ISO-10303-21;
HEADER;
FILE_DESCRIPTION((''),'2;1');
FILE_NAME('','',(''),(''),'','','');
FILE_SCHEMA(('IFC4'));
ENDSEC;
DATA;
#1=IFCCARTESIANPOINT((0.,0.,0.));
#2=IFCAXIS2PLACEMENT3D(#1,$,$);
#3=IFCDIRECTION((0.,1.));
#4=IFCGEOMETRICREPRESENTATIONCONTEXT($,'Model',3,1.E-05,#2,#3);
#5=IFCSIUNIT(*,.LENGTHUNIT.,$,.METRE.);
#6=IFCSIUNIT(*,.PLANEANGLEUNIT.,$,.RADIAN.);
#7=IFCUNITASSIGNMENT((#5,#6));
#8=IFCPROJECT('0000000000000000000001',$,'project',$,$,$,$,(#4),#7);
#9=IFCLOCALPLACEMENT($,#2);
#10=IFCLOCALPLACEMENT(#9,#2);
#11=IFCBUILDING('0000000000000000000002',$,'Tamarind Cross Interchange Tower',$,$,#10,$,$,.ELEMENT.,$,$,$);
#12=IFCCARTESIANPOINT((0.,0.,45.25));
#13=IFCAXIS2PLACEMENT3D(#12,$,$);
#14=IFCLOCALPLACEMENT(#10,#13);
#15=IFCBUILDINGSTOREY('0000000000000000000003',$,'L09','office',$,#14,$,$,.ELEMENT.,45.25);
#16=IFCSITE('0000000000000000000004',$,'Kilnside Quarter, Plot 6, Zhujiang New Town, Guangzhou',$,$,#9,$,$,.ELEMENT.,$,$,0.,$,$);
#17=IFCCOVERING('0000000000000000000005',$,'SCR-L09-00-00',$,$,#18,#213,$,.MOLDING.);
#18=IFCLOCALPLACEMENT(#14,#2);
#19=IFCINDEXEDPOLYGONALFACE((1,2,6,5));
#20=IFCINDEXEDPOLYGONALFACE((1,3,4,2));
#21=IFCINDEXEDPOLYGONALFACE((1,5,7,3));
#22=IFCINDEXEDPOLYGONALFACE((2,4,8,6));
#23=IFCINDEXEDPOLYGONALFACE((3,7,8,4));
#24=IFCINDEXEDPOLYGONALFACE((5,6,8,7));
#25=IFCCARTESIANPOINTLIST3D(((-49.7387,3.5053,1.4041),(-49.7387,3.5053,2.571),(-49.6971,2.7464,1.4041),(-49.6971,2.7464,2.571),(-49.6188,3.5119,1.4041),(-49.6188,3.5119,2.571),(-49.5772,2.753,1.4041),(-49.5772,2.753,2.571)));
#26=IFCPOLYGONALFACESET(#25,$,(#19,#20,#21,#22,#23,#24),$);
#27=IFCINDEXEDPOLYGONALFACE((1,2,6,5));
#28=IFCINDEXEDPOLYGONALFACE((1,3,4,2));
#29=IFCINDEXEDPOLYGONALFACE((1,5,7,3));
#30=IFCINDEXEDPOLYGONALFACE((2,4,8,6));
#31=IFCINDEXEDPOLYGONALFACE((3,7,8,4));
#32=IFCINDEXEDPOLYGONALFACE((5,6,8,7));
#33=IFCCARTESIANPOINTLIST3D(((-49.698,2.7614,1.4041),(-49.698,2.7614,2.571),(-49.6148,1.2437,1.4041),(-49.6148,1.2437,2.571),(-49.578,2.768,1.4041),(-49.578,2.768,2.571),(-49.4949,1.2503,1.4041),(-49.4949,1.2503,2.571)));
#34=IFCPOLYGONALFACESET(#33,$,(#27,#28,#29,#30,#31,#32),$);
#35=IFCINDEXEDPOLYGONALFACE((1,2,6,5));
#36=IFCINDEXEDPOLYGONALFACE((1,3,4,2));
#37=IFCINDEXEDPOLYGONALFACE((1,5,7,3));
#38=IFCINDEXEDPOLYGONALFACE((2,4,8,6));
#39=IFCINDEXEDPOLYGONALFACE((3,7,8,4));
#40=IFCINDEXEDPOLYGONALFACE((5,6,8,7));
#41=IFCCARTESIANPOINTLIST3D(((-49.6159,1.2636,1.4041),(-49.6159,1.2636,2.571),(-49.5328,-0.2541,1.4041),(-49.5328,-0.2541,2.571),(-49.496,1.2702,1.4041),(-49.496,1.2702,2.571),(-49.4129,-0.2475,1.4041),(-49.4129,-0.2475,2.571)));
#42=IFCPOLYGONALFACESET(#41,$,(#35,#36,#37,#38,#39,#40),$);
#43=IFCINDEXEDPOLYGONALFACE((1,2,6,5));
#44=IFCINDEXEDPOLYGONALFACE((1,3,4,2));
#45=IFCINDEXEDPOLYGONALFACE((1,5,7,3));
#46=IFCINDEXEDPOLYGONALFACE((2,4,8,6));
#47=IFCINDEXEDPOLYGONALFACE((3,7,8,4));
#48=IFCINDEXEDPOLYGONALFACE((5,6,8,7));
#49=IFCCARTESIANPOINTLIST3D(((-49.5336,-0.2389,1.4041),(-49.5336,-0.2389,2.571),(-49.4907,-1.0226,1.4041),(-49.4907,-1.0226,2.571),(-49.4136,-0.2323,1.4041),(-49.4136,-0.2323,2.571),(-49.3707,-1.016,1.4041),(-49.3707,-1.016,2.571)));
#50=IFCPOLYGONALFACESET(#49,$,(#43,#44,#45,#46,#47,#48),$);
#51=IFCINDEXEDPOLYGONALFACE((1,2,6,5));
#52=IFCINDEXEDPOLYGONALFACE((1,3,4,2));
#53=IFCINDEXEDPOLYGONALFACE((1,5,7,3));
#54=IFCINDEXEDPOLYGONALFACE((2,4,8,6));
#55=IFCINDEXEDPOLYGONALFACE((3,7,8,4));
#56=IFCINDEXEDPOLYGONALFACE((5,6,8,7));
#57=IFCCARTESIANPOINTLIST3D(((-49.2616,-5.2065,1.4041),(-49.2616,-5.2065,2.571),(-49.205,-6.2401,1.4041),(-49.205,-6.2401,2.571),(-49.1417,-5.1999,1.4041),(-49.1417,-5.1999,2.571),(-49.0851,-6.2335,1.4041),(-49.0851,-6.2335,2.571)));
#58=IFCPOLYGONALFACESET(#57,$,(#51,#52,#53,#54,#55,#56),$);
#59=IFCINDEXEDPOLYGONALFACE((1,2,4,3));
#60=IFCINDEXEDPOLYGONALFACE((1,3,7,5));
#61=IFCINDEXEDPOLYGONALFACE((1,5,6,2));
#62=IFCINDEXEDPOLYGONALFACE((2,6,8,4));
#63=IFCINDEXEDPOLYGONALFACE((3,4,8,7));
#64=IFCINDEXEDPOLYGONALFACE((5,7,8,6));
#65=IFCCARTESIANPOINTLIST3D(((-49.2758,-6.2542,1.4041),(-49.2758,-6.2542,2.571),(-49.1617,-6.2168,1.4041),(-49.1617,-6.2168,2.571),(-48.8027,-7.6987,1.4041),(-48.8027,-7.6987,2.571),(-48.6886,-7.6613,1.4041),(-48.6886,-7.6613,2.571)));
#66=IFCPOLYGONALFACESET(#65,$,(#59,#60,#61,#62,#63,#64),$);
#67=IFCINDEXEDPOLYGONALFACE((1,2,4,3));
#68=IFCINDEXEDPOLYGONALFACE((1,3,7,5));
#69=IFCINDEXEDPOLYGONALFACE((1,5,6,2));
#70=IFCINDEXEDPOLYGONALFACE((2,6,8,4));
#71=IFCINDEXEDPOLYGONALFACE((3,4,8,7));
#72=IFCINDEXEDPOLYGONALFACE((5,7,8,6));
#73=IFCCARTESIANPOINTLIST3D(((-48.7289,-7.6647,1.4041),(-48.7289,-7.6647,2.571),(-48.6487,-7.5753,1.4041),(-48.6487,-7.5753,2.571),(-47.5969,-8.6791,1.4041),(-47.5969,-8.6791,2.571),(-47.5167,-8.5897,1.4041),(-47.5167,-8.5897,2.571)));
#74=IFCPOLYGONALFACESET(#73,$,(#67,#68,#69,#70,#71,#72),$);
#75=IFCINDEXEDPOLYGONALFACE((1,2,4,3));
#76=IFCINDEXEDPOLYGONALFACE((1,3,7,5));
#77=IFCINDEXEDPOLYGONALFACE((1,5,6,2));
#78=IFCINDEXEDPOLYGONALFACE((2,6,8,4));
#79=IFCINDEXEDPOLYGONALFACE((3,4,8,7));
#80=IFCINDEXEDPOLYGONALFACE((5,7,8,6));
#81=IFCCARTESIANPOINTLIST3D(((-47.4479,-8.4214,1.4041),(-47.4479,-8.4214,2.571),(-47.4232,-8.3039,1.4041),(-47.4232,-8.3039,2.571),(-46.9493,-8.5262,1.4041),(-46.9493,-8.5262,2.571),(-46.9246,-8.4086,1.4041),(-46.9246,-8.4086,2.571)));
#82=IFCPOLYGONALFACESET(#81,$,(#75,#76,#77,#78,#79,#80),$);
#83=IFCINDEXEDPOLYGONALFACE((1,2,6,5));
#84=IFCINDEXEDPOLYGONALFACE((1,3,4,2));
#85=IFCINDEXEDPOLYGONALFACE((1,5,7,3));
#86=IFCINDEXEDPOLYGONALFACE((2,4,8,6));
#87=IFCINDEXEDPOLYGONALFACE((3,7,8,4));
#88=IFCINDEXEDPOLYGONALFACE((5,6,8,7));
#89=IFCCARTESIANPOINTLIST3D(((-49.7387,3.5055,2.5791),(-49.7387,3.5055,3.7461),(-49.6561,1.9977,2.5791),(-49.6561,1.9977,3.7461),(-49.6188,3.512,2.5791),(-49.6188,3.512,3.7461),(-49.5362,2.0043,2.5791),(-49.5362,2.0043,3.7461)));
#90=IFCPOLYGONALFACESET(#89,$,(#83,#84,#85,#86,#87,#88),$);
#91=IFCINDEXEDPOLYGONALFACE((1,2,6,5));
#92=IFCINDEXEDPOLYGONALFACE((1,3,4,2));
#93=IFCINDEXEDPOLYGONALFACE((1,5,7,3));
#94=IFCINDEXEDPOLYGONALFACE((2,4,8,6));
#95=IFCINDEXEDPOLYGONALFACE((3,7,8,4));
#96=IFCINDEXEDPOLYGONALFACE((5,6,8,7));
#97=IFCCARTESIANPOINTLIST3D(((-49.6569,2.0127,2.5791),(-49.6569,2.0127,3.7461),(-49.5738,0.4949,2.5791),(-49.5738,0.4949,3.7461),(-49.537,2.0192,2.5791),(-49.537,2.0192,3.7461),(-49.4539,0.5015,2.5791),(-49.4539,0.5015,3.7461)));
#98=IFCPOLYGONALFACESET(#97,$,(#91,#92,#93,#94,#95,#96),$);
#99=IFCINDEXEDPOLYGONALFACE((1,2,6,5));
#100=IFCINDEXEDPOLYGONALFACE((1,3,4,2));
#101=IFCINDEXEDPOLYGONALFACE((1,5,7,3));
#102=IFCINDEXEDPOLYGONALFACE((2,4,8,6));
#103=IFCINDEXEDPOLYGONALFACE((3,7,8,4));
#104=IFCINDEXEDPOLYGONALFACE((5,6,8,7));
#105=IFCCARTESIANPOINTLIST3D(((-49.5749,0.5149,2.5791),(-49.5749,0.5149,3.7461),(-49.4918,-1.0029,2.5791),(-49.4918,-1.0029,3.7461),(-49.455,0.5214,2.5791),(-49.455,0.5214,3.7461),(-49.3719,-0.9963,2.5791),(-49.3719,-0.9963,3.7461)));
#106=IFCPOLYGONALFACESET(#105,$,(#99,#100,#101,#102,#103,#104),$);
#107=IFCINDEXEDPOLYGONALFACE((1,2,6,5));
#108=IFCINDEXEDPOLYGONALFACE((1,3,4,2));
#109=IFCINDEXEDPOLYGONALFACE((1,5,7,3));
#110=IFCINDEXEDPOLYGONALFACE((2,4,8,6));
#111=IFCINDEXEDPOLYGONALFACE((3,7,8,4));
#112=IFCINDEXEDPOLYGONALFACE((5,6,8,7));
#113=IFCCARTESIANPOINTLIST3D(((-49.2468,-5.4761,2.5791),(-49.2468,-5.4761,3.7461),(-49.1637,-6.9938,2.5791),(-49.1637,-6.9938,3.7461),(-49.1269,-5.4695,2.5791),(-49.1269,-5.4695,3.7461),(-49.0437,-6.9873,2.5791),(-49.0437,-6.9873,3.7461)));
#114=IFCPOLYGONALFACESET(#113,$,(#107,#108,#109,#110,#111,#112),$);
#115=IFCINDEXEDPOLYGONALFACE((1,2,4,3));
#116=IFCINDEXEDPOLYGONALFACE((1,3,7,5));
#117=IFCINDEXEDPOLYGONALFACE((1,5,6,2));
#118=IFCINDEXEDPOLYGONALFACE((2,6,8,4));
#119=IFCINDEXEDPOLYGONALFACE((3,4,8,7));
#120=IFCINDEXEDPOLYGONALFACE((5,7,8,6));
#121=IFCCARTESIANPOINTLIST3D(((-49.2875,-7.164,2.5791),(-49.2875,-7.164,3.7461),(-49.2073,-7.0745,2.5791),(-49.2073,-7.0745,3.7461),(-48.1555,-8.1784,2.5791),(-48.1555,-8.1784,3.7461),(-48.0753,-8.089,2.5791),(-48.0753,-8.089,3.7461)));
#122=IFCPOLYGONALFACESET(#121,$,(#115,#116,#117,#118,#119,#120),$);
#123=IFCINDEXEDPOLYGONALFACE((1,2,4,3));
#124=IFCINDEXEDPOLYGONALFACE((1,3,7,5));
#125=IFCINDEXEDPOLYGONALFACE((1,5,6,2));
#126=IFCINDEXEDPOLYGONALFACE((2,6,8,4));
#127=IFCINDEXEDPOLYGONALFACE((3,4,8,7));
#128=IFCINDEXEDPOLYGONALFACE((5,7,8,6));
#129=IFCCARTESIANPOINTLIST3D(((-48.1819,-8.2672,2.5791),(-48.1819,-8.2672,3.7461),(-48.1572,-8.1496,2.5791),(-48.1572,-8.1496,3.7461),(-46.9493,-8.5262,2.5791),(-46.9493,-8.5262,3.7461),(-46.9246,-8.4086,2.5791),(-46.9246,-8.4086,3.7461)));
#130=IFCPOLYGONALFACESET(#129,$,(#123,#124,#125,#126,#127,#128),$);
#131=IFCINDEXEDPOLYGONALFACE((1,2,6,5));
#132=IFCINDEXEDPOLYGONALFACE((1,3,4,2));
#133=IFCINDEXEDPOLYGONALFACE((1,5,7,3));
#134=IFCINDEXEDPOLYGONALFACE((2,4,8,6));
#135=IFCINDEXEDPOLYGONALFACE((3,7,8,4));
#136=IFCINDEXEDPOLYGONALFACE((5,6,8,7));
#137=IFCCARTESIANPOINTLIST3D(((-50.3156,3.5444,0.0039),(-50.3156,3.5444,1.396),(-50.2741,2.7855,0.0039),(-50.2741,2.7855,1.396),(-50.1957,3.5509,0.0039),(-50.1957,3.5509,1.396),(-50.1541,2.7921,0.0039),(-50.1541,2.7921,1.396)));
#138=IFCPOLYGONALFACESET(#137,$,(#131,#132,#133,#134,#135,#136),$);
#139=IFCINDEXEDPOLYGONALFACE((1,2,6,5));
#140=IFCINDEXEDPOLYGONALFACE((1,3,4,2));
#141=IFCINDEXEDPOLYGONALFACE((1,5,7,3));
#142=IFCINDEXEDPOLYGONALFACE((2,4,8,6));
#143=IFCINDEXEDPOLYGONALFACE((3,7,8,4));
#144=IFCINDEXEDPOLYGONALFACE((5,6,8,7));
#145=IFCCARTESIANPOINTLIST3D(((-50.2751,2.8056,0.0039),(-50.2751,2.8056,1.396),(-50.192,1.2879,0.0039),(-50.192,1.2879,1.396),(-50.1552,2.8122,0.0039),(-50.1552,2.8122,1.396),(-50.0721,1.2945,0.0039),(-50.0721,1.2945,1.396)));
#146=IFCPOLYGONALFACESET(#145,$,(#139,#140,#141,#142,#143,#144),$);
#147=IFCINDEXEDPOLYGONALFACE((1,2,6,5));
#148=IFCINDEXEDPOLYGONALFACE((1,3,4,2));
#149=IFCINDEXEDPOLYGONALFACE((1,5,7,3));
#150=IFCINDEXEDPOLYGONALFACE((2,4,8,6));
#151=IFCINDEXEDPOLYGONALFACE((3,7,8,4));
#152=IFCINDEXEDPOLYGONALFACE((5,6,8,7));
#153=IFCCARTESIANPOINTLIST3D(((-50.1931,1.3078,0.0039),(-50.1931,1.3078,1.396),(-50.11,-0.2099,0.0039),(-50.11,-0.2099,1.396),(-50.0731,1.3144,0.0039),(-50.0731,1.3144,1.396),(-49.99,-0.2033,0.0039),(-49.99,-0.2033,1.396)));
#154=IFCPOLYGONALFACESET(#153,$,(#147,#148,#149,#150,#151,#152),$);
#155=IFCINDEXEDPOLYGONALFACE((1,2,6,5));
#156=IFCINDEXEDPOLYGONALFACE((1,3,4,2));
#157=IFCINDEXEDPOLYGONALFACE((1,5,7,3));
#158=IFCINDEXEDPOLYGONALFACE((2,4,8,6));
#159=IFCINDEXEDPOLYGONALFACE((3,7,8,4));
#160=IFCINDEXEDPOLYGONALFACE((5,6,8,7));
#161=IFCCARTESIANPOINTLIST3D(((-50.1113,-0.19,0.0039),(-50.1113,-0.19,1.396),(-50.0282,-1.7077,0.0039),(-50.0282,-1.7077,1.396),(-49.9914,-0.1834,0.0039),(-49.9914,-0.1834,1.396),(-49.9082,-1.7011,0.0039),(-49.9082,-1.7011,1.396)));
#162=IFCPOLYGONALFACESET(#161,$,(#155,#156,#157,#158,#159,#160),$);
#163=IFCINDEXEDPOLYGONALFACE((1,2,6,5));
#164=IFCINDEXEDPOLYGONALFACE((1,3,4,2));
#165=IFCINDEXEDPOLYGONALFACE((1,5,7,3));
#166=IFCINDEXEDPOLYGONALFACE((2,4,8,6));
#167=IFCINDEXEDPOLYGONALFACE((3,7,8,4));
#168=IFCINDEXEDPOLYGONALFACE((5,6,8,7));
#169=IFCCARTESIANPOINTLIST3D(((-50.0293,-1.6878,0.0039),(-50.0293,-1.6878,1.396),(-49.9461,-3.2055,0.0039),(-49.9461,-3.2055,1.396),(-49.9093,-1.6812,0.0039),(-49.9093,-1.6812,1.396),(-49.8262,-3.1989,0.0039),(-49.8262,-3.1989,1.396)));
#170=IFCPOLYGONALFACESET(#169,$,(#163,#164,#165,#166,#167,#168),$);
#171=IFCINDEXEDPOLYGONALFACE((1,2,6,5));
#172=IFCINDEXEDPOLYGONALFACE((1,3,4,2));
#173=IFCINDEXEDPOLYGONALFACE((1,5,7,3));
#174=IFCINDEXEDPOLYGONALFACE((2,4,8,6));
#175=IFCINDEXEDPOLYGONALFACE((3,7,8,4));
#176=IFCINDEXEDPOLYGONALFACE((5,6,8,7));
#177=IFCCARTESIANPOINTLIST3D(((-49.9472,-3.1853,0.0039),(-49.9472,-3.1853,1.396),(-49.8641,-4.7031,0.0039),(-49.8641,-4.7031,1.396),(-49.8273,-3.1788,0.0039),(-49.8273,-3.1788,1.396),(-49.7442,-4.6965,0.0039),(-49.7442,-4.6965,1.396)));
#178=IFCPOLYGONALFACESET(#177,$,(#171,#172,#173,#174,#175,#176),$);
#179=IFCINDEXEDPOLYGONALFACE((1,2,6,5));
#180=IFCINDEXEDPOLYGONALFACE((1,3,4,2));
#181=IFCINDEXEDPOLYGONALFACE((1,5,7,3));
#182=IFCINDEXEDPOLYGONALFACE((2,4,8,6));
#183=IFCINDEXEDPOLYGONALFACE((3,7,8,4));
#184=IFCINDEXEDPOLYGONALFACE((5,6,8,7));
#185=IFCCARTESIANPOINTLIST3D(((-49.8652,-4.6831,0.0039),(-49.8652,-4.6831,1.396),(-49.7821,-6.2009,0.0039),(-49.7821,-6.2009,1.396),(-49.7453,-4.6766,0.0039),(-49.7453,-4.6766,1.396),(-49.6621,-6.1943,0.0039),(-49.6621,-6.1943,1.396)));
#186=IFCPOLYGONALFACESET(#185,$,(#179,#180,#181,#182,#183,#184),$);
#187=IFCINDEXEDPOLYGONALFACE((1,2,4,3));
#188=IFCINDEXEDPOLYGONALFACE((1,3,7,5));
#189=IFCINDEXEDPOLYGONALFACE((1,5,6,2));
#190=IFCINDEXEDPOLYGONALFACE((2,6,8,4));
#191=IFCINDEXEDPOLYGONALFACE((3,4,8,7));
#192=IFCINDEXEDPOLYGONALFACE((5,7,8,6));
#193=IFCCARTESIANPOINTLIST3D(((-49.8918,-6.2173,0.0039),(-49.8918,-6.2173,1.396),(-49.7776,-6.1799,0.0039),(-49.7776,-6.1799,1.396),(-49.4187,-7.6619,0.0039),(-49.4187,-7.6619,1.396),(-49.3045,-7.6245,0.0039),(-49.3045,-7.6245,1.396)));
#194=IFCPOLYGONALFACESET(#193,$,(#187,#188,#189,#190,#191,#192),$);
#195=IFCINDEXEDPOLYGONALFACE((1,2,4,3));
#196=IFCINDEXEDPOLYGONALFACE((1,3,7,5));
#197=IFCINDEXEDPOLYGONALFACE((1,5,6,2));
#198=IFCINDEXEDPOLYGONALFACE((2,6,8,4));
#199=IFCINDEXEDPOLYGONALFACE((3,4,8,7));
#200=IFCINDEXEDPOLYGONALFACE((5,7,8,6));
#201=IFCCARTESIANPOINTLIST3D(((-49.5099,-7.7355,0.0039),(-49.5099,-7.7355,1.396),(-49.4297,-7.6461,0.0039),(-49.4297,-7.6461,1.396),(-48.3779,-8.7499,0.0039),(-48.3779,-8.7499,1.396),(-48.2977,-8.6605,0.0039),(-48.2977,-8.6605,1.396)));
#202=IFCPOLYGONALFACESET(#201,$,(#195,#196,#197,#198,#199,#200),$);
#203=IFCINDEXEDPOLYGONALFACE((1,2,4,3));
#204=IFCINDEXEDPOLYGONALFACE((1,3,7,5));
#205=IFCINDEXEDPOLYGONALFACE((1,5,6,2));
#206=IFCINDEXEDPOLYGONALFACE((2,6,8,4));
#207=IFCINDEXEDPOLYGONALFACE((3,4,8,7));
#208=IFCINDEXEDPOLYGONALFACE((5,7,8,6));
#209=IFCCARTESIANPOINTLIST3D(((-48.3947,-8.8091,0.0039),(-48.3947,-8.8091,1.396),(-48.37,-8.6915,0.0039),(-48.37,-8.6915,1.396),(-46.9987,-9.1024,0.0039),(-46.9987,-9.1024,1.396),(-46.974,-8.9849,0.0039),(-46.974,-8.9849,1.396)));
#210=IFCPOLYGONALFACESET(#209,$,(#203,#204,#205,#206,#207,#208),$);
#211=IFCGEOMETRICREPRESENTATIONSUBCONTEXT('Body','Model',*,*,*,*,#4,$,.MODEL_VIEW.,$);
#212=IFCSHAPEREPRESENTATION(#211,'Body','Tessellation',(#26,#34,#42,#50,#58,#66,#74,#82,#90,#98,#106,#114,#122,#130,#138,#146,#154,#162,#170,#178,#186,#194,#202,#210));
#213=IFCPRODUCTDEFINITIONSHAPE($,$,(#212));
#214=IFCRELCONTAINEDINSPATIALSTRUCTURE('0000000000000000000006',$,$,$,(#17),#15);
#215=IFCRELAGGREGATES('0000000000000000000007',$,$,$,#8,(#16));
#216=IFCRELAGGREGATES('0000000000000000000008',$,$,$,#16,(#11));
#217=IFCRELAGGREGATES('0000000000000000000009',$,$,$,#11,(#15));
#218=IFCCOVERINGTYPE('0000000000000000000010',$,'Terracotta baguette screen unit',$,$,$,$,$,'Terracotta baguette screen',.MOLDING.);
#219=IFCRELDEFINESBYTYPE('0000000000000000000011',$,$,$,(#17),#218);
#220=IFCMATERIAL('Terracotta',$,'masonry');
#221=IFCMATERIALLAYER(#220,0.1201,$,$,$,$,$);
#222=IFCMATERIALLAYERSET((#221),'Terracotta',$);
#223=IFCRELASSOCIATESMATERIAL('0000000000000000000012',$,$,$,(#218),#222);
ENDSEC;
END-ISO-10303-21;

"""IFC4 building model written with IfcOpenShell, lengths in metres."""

from ifc_helpers import new_model, si_unit, direction, frame, origin, origin_2d, place, context, subcontext, project, spatial, rectangle, extrude, material, layer, layer_set, type_object, element, save


model = new_model("IFC4")

# Units and contexts
model_context = context("Model", 3, precision=1e-05, world=origin(), true_north=direction((0.0, 1.0)))
body_context = subcontext(model_context, "Body", "Model", "MODEL_VIEW")
ifc_project = project(units=[si_unit("LENGTHUNIT", "METRE"), si_unit("PLANEANGLEUNIT", "RADIAN")], contexts=[model_context])

# Site, building, storey
site_placement = place(None, origin())
site = spatial("IfcSite", under=ifc_project, at=site_placement, Name="Kilnside Quarter, Plot 6, Zhujiang New Town, Guangzhou", CompositionType="ELEMENT", RefElevation=0.0)
building_placement = place(site_placement, origin())
building = spatial("IfcBuilding", under=site, at=building_placement, Name="Tamarind Cross Interchange Tower", CompositionType="ELEMENT")
storey_placement = place(building_placement, frame((0.0, 0.0, 45.25)))
storey = spatial("IfcBuildingStorey", under=building, at=storey_placement, Name="L09", Description="office", CompositionType="ELEMENT", Elevation=45.25)

# Covering
ifc_material_1 = material(Name="Terracotta", Category="masonry")
ifc_layer_1 = layer(ifc_material_1, 0.1201)
ifc_layer_set_1 = layer_set([ifc_layer_1], Name="Terracotta")
covering_type = type_object("IfcCoveringType", Name="Terracotta baguette screen unit", ElementType="Terracotta baguette screen", PredefinedType="MOLDING", material=ifc_layer_set_1)
covering_1_placement = place(storey_placement, origin())
element("IfcCovering", 1, at=covering_1_placement, inside=storey, type_object=covering_type, Name="SCR-L09-00-00", PredefinedType="MOLDING", context=body_context, shape_type="SweptSolid", body=[
    extrude(rectangle(XDim=0.76, YDim=0.1201, at=origin_2d()), frame((-49.658, 3.1292, 1.4041), z_axis=(0.0, 0.0, 1.0), x_axis=(0.054678, -0.998504, 0.0)), (0.0, 0.0, 1.0), 1.167),
    extrude(rectangle(XDim=1.52, YDim=0.1201, at=origin_2d()), frame((-49.5964, 2.0059, 1.4041), z_axis=(0.0, 0.0, 1.0), x_axis=(0.054678, -0.998504, 0.0)), (0.0, 0.0, 1.0), 1.167),
    extrude(rectangle(XDim=1.52, YDim=0.1201, at=origin_2d()), frame((-49.5144, 0.5081, 1.4041), z_axis=(0.0, 0.0, 1.0), x_axis=(0.054678, -0.998504, 0.0)), (0.0, 0.0, 1.0), 1.167),
    extrude(rectangle(XDim=0.7849, YDim=0.1201, at=origin_2d()), frame((-49.4521, -0.6274, 1.4041), z_axis=(0.0, 0.0, 1.0), x_axis=(0.054678, -0.998504, 0.0)), (0.0, 0.0, 1.0), 1.167),
    extrude(rectangle(XDim=1.0352, YDim=0.1201, at=origin_2d()), frame((-49.1733, -5.72, 1.4041), z_axis=(0.0, 0.0, 1.0), x_axis=(0.054678, -0.998504, 0.0)), (0.0, 0.0, 1.0), 1.167),
    extrude(rectangle(XDim=1.52, YDim=0.1201, at=origin_2d()), frame((-48.9822, -6.9578, 1.4041), z_axis=(0.0, 0.0, 1.0), x_axis=(0.311247, -0.950329, 0.0)), (0.0, 0.0, 1.0), 1.167),
    extrude(rectangle(XDim=1.52, YDim=0.1201, at=origin_2d()), frame((-48.1228, -8.1272, 1.4041), z_axis=(0.0, 0.0, 1.0), x_axis=(0.744712, -0.667386, 0.0)), (0.0, 0.0, 1.0), 1.167),
    extrude(rectangle(XDim=0.5095, YDim=0.1201, at=origin_2d()), frame((-47.1863, -8.415, 1.4041), z_axis=(0.0, 0.0, 1.0), x_axis=(0.978633, -0.205617, 0.0)), (0.0, 0.0, 1.0), 1.167),
    extrude(rectangle(XDim=1.51, YDim=0.1201, at=origin_2d()), frame((-49.6375, 2.7549, 2.5791), z_axis=(0.0, 0.0, 1.0), x_axis=(0.054678, -0.998504, 0.0)), (0.0, 0.0, 1.0), 1.167),
    extrude(rectangle(XDim=1.52, YDim=0.1201, at=origin_2d()), frame((-49.5554, 1.2571, 2.5791), z_axis=(0.0, 0.0, 1.0), x_axis=(0.054678, -0.998504, 0.0)), (0.0, 0.0, 1.0), 1.167),
    extrude(rectangle(XDim=1.52, YDim=0.1201, at=origin_2d()), frame((-49.4734, -0.2407, 2.5791), z_axis=(0.0, 0.0, 1.0), x_axis=(0.054678, -0.998504, 0.0)), (0.0, 0.0, 1.0), 1.167),
    extrude(rectangle(XDim=1.52, YDim=0.1201, at=origin_2d()), frame((-49.1453, -6.2317, 2.5791), z_axis=(0.0, 0.0, 1.0), x_axis=(0.054678, -0.998504, 0.0)), (0.0, 0.0, 1.0), 1.167),
    extrude(rectangle(XDim=1.52, YDim=0.1201, at=origin_2d()), frame((-48.6814, -7.6265, 2.5791), z_axis=(0.0, 0.0, 1.0), x_axis=(0.744712, -0.667386, 0.0)), (0.0, 0.0, 1.0), 1.167),
    extrude(rectangle(XDim=1.2595, YDim=0.1201, at=origin_2d()), frame((-47.5532, -8.3379, 2.5791), z_axis=(0.0, 0.0, 1.0), x_axis=(0.978633, -0.205617, 0.0)), (0.0, 0.0, 1.0), 1.167),
    extrude(rectangle(XDim=0.76, YDim=0.1201, at=origin_2d()), frame((-50.2349, 3.1682, 0.0039), z_axis=(0.0, 0.0, 1.0), x_axis=(0.054678, -0.998504, 0.0)), (0.0, 0.0, 1.0), 1.3921),
    extrude(rectangle(XDim=1.52, YDim=0.1201, at=origin_2d()), frame((-50.1736, 2.05, 0.0039), z_axis=(0.0, 0.0, 1.0), x_axis=(0.054678, -0.998504, 0.0)), (0.0, 0.0, 1.0), 1.3921),
    extrude(rectangle(XDim=1.52, YDim=0.1201, at=origin_2d()), frame((-50.0916, 0.5522, 0.0039), z_axis=(0.0, 0.0, 1.0), x_axis=(0.054678, -0.998504, 0.0)), (0.0, 0.0, 1.0), 1.3921),
    extrude(rectangle(XDim=1.52, YDim=0.1201, at=origin_2d()), frame((-50.0098, -0.9456, 0.0039), z_axis=(0.0, 0.0, 1.0), x_axis=(0.054678, -0.998504, 0.0)), (0.0, 0.0, 1.0), 1.3921),
    extrude(rectangle(XDim=1.52, YDim=0.1201, at=origin_2d()), frame((-49.9277, -2.4434, 0.0039), z_axis=(0.0, 0.0, 1.0), x_axis=(0.054678, -0.998504, 0.0)), (0.0, 0.0, 1.0), 1.3921),
    extrude(rectangle(XDim=1.52, YDim=0.1201, at=origin_2d()), frame((-49.8457, -3.9409, 0.0039), z_axis=(0.0, 0.0, 1.0), x_axis=(0.054678, -0.998504, 0.0)), (0.0, 0.0, 1.0), 1.3921),
    extrude(rectangle(XDim=1.52, YDim=0.1201, at=origin_2d()), frame((-49.7637, -5.4387, 0.0039), z_axis=(0.0, 0.0, 1.0), x_axis=(0.054678, -0.998504, 0.0)), (0.0, 0.0, 1.0), 1.3921),
    extrude(rectangle(XDim=1.52, YDim=0.1201, at=origin_2d()), frame((-49.5981, -6.9209, 0.0039), z_axis=(0.0, 0.0, 1.0), x_axis=(0.311247, -0.950329, 0.0)), (0.0, 0.0, 1.0), 1.3921),
    extrude(rectangle(XDim=1.52, YDim=0.1201, at=origin_2d()), frame((-48.9038, -8.198, 0.0039), z_axis=(0.0, 0.0, 1.0), x_axis=(0.744712, -0.667386, 0.0)), (0.0, 0.0, 1.0), 1.3921),
    extrude(rectangle(XDim=1.4265, YDim=0.1201, at=origin_2d()), frame((-47.6843, -8.897, 0.0039), z_axis=(0.0, 0.0, 1.0), x_axis=(0.978633, -0.205617, 0.0)), (0.0, 0.0, 1.0), 1.3921),
])

save(model, "model.ifc")
